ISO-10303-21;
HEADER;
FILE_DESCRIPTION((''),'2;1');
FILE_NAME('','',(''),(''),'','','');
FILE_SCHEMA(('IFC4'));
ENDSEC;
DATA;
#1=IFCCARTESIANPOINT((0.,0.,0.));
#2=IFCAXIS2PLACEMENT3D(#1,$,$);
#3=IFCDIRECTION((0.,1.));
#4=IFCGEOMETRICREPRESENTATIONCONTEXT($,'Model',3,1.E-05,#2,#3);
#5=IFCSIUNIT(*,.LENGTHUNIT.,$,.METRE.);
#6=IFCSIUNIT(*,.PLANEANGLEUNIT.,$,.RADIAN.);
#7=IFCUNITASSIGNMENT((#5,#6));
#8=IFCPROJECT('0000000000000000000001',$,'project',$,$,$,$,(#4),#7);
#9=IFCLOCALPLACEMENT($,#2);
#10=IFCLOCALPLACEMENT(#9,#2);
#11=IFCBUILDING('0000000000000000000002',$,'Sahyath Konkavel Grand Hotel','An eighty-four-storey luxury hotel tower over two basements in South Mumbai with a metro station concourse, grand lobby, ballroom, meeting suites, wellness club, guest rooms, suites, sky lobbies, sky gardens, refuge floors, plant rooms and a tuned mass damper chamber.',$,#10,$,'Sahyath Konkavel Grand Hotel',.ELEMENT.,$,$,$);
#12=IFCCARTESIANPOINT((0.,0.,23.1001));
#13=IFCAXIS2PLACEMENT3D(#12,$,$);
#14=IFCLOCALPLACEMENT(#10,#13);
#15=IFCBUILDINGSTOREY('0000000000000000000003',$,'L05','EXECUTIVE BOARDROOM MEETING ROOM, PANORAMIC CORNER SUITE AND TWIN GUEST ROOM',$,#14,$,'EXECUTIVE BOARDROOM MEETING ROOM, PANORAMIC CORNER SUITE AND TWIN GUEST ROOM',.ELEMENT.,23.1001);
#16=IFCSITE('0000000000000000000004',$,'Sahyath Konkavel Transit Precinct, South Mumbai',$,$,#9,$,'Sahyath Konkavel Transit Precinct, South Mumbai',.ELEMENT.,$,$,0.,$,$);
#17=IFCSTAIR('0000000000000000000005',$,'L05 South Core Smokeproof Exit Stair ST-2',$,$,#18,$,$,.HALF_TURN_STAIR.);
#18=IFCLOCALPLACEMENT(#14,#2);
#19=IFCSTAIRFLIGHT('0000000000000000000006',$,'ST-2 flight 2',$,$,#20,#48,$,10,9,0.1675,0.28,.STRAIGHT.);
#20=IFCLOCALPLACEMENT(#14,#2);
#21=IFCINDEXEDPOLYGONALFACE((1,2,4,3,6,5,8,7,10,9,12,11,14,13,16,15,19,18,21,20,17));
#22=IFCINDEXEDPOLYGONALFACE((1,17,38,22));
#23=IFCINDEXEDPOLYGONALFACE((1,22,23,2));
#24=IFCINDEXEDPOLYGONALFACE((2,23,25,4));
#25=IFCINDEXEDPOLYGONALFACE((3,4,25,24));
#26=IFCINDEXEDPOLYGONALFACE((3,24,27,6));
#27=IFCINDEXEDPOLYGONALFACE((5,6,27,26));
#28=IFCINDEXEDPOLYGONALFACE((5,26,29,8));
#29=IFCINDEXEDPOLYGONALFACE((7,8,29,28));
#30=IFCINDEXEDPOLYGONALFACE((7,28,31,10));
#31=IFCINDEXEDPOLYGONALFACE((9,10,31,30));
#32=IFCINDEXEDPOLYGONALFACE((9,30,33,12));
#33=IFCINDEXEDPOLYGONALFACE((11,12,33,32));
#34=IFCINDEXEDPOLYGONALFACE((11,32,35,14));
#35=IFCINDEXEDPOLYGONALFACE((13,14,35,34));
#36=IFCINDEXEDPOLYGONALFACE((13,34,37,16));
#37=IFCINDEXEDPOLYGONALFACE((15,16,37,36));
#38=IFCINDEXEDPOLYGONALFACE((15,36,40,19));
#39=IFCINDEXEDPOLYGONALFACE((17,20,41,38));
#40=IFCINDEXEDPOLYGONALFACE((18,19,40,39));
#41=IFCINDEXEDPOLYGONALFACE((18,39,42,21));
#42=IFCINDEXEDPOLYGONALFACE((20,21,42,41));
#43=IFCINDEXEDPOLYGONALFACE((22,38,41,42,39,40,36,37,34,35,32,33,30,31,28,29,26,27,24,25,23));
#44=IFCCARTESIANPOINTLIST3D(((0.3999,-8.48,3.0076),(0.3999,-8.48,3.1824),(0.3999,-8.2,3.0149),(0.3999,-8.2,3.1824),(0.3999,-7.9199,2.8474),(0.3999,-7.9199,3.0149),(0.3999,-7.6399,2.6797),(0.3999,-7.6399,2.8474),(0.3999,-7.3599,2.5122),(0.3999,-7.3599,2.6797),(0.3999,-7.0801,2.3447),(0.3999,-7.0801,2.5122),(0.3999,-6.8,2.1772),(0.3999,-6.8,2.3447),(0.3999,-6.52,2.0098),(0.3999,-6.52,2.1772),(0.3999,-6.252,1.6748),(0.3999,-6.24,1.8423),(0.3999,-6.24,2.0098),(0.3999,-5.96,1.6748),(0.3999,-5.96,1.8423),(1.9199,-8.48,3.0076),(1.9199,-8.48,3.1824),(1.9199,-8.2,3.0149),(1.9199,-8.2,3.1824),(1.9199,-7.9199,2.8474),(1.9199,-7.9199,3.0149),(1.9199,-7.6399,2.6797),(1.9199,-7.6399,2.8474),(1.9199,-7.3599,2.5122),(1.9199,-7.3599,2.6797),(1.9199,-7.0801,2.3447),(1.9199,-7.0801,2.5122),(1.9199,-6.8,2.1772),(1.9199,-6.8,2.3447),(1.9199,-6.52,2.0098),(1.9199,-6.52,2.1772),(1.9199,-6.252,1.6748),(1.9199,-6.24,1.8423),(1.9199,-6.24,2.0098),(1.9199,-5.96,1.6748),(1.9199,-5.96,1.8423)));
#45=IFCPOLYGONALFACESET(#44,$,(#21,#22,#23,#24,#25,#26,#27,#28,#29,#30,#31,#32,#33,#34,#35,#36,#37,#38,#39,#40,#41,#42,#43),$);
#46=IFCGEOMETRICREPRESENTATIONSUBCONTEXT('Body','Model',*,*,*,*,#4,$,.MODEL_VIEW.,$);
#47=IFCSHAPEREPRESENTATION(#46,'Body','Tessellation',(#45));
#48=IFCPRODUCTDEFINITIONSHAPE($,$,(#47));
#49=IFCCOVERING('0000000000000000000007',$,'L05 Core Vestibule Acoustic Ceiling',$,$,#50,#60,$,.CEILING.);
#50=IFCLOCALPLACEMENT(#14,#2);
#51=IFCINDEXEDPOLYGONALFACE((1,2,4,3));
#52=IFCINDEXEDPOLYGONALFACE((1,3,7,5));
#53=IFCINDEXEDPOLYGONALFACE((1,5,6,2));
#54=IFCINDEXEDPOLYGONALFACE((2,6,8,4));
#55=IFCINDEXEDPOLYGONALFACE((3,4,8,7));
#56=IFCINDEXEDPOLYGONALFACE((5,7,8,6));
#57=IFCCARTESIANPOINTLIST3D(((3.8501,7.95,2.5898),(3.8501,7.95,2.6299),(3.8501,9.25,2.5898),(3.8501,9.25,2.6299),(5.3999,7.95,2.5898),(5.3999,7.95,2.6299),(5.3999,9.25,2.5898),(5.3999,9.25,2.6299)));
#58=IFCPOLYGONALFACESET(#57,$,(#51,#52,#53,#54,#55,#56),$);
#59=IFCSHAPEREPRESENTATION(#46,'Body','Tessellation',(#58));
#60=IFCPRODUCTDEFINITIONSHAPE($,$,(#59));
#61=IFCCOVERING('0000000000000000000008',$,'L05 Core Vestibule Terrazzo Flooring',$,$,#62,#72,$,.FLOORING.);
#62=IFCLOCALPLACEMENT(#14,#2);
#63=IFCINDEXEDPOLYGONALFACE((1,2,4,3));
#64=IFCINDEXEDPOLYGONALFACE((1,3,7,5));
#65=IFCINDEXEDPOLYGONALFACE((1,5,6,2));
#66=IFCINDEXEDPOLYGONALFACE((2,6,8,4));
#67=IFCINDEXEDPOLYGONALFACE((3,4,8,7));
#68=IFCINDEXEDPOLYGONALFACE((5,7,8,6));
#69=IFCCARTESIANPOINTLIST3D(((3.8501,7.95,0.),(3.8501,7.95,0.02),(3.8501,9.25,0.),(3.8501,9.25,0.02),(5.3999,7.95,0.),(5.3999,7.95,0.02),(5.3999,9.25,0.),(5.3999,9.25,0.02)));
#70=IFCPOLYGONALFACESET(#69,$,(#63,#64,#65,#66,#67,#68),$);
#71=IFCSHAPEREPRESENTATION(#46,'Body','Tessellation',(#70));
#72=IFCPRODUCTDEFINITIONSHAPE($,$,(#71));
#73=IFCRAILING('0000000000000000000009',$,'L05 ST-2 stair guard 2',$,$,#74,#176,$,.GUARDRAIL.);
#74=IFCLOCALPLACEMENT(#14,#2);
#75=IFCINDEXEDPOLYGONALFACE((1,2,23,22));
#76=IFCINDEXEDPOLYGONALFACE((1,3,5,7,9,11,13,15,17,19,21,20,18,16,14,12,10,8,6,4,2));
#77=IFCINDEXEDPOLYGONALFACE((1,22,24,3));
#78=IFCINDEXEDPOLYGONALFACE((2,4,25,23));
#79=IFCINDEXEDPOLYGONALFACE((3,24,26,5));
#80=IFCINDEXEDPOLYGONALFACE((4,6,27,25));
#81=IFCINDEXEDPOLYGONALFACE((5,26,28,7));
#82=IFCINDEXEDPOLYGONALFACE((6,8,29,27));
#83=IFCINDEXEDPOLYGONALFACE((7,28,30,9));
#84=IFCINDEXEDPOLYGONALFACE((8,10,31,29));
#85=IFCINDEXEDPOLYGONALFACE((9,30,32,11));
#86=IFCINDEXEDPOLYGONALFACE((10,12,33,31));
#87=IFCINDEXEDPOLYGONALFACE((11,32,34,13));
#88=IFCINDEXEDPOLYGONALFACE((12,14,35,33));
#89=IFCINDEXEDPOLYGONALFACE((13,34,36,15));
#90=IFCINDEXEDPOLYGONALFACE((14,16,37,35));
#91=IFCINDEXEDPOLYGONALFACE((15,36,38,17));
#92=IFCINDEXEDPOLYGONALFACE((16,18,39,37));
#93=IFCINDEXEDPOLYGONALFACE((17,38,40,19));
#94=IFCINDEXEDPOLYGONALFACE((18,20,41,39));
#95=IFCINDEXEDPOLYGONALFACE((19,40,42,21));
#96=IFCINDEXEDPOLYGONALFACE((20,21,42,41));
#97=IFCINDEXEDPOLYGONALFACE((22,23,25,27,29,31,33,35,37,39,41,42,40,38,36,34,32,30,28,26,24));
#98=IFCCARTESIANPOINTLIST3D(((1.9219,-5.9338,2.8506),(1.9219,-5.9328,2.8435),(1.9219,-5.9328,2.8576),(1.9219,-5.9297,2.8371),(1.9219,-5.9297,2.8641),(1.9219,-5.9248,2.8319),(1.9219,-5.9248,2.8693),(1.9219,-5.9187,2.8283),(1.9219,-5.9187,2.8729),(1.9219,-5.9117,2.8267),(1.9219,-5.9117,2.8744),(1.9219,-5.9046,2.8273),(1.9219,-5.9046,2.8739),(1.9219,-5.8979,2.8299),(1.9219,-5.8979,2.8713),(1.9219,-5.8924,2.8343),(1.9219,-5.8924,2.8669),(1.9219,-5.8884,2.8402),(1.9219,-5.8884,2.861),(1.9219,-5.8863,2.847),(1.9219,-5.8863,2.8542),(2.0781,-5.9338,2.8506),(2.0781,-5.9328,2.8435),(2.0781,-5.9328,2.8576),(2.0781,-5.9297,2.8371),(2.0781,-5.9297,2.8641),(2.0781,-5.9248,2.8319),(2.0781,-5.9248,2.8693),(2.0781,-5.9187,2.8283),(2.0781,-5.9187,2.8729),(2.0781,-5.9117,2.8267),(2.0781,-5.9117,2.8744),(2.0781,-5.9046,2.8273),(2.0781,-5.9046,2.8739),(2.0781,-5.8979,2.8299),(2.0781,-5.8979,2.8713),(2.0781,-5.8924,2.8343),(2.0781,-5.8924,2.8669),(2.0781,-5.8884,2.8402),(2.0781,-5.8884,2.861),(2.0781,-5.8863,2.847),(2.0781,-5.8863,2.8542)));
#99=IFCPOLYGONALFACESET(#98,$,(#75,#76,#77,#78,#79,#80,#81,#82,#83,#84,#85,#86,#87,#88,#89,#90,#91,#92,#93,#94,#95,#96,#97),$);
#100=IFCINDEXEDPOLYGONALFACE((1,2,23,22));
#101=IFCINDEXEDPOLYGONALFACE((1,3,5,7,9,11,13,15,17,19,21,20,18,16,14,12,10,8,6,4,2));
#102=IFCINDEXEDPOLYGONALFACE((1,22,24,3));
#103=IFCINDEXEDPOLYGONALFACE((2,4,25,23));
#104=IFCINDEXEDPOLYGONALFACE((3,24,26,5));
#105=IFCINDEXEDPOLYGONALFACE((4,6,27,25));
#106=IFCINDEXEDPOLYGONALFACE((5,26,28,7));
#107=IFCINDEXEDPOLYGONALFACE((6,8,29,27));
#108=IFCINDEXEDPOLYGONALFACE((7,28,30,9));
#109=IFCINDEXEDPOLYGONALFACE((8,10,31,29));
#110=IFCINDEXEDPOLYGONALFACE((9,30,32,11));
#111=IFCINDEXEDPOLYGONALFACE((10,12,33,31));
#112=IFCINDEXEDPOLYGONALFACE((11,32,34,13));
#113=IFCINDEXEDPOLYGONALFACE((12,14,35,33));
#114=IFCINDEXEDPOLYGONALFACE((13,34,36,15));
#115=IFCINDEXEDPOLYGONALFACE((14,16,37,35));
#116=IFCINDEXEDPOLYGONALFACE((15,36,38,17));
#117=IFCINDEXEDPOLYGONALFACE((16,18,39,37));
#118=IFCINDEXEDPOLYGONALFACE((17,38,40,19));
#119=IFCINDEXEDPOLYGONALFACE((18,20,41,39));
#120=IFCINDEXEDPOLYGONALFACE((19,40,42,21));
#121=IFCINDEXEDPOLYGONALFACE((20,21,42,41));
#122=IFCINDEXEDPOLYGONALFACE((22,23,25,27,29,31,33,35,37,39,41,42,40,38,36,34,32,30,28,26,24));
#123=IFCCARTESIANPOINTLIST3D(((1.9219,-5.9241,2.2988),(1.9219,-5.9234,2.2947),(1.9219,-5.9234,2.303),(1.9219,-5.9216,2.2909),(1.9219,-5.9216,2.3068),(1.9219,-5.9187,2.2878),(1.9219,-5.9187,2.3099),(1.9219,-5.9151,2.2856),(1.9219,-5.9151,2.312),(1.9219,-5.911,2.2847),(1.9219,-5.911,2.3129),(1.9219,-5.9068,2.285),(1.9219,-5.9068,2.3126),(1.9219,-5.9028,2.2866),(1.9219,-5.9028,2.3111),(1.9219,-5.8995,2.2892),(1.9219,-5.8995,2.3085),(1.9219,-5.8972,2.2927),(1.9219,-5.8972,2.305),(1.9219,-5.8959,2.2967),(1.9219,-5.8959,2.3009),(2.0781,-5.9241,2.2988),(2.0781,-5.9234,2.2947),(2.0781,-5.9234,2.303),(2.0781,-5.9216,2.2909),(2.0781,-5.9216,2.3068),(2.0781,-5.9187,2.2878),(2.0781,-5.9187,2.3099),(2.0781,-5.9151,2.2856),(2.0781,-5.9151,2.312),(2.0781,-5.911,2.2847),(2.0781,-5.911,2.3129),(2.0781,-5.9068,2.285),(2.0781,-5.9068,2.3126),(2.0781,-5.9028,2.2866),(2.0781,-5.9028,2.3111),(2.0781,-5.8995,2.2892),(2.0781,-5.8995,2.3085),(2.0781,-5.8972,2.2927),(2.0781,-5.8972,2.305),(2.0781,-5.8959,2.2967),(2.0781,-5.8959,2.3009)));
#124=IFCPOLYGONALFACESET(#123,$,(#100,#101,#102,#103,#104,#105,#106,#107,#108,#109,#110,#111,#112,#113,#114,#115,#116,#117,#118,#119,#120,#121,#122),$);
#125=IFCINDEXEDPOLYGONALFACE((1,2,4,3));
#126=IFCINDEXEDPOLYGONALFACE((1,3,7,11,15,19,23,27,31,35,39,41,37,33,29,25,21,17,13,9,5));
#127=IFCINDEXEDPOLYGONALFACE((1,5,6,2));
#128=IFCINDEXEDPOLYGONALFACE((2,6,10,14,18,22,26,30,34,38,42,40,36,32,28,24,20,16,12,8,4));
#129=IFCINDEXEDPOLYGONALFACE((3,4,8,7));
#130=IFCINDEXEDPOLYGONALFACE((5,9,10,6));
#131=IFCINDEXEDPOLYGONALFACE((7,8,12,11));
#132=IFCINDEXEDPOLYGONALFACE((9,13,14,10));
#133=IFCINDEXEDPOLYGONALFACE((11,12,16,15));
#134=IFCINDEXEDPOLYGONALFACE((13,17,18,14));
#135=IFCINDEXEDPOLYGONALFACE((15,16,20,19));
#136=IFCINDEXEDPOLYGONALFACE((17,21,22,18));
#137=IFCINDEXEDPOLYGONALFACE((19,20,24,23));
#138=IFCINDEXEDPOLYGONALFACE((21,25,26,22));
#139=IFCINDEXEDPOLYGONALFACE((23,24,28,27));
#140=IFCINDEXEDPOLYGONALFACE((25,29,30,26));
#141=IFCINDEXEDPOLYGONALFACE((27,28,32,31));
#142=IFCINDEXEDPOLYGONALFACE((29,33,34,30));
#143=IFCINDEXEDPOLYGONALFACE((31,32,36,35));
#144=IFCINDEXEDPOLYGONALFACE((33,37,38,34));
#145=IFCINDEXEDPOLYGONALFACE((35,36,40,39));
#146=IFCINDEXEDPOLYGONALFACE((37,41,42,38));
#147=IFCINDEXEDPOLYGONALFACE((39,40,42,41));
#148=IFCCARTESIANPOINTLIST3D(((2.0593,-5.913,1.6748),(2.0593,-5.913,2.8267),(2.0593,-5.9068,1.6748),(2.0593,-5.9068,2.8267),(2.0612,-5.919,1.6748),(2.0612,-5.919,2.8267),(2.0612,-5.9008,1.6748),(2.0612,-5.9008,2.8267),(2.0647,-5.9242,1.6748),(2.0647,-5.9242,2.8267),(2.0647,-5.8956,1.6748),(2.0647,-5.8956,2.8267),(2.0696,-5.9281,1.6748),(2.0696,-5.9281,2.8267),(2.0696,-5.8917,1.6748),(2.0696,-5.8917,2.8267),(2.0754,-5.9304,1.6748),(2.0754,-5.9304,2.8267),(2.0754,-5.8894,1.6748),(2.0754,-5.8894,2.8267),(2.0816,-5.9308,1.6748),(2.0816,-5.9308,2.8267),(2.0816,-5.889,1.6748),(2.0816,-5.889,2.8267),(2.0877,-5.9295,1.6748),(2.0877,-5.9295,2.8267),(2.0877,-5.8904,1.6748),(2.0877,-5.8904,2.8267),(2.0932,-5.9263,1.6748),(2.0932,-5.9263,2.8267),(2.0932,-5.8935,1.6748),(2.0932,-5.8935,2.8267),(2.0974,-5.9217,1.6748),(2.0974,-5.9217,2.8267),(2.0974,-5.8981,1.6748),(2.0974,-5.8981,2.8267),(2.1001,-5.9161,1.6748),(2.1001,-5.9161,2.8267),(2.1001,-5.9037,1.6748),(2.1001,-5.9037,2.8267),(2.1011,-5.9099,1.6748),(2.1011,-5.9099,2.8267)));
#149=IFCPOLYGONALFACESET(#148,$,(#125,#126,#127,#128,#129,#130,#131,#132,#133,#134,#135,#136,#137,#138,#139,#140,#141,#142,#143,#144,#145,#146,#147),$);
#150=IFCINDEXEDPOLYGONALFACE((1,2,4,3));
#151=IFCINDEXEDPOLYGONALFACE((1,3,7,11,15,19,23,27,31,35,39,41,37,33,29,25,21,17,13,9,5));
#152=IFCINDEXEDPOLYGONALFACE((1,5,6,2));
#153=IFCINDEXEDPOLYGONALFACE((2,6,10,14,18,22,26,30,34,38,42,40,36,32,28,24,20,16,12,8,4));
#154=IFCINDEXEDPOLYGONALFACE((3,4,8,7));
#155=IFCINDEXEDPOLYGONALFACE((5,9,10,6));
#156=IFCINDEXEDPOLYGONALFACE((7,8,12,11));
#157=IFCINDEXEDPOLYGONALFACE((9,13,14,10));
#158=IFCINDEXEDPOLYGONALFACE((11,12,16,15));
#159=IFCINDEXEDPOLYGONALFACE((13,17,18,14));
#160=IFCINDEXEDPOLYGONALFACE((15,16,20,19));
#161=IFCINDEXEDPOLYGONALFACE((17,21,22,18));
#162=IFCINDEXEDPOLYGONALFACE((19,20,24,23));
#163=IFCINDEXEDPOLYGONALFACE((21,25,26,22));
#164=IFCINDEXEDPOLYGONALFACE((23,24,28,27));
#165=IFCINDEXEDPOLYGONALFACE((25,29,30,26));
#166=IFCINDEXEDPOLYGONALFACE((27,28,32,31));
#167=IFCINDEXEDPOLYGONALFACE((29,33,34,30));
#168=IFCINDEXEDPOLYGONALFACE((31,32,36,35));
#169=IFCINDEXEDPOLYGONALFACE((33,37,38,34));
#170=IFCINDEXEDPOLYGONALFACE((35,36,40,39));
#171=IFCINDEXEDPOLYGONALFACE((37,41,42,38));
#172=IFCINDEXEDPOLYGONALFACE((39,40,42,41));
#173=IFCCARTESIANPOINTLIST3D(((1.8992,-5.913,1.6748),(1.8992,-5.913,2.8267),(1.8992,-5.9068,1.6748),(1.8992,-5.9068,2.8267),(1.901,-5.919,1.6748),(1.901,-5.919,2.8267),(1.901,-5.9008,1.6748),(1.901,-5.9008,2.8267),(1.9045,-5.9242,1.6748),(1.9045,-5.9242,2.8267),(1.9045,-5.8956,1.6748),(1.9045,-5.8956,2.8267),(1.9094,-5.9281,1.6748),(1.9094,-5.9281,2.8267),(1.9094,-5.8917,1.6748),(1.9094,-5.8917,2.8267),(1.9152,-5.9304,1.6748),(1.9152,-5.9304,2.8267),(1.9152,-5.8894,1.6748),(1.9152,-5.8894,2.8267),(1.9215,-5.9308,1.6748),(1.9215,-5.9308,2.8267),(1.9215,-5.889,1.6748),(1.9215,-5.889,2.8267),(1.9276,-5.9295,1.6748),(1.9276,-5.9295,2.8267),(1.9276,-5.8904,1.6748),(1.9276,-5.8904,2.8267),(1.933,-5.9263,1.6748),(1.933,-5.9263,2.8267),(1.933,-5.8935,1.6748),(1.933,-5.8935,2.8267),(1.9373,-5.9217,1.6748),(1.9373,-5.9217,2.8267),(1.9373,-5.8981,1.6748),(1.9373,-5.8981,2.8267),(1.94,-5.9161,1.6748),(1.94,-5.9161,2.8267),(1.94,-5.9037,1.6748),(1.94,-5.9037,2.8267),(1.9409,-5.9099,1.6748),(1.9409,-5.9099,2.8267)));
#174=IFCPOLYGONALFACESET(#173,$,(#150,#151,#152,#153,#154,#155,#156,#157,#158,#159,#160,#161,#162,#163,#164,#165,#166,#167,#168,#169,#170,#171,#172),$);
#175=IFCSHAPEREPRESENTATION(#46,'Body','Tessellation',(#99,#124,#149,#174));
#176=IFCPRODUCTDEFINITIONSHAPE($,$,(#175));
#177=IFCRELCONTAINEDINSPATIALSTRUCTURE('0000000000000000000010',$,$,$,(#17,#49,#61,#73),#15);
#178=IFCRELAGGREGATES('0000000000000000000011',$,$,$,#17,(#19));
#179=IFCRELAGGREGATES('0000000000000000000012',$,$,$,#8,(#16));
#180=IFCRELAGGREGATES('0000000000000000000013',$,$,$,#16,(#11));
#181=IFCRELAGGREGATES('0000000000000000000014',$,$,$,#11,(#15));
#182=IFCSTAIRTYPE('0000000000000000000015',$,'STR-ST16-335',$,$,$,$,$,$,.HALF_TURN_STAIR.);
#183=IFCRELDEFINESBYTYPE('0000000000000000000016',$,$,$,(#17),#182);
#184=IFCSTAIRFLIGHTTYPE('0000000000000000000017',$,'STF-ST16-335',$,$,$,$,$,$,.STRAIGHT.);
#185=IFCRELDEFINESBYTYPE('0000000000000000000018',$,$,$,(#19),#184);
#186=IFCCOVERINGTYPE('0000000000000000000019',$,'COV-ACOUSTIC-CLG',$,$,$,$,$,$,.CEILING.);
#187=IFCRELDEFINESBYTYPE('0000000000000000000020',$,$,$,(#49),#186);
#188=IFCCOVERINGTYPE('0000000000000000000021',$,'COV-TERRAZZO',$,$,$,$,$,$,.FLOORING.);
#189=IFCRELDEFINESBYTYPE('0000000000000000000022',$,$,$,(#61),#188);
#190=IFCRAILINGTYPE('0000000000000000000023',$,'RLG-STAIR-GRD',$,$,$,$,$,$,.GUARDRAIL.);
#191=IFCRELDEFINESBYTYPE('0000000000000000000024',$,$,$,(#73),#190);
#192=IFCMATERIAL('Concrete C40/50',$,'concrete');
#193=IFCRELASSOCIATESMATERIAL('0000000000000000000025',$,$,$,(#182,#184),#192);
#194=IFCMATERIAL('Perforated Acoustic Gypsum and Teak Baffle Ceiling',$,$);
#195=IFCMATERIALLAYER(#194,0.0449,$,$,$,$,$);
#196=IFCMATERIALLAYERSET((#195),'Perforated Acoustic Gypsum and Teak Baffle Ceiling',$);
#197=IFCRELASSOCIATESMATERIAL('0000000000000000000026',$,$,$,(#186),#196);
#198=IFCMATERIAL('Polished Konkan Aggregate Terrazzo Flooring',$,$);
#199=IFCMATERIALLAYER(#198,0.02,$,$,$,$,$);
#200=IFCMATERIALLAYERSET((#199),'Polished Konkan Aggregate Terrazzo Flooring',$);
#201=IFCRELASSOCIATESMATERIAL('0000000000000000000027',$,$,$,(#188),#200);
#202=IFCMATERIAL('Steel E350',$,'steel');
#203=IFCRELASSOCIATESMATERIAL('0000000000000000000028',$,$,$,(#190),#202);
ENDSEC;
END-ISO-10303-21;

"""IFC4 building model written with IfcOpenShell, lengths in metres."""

from ifc_helpers import new_model, si_unit, direction, frame, origin, origin_2d, place, context, subcontext, project, spatial, polyline, circle, outline, extrude, material, layer, layer_set, type_object, element, aggregate, save


model = new_model("IFC4")

# Units and contexts
model_context = context("Model", 3, precision=1e-05, world=origin(), true_north=direction((0.0, 1.0)))
body_context = subcontext(model_context, "Body", "Model", "MODEL_VIEW")
ifc_project = project(units=[si_unit("LENGTHUNIT", "METRE"), si_unit("PLANEANGLEUNIT", "RADIAN")], contexts=[model_context])

# Site, building, storey
site_placement = place(None, origin())
site = spatial("IfcSite", under=ifc_project, at=site_placement, Name="Sahyath Konkavel Transit Precinct, South Mumbai", LongName="Sahyath Konkavel Transit Precinct, South Mumbai", CompositionType="ELEMENT", RefElevation=0.0)
building_placement = place(site_placement, origin())
building = spatial("IfcBuilding", under=site, at=building_placement, Name="Sahyath Konkavel Grand Hotel", Description="An eighty-four-storey luxury hotel tower over two basements in South Mumbai with a metro station concourse, grand lobby, ballroom, meeting suites, wellness club, guest rooms, suites, sky lobbies, sky gardens, refuge floors, plant rooms and a tuned mass damper chamber.", LongName="Sahyath Konkavel Grand Hotel", CompositionType="ELEMENT")
storey_placement = place(building_placement, frame((0.0, 0.0, 23.1001)))
storey = spatial("IfcBuildingStorey", under=building, at=storey_placement, Name="L05", Description="EXECUTIVE BOARDROOM MEETING ROOM, PANORAMIC CORNER SUITE AND TWIN GUEST ROOM", LongName="EXECUTIVE BOARDROOM MEETING ROOM, PANORAMIC CORNER SUITE AND TWIN GUEST ROOM", CompositionType="ELEMENT", Elevation=23.1001)

# Shared definitions
ifc_material_1 = material(Name="Steel E350", Category="steel")

# Stair
ifc_material_2 = material(Name="Concrete C40/50", Category="concrete")
stair_type = type_object("IfcStairType", Name="STR-ST16-335", PredefinedType="HALF_TURN_STAIR", material=ifc_material_2)
stair_1_placement = place(storey_placement, origin())
stair_1 = element("IfcStair", 1, at=stair_1_placement, inside=storey, type_object=stair_type, Name="L05 South Core Smokeproof Exit Stair ST-2", PredefinedType="HALF_TURN_STAIR")

# Stair flight
stair_flight_type = type_object("IfcStairFlightType", Name="STF-ST16-335", PredefinedType="STRAIGHT", material=ifc_material_2)
stair_flight_placement = place(storey_placement, frame((1.1599, -5.96, 1.6748), z_axis=(0.0, 0.0, 1.0), x_axis=(0.0, -1.0, 0.0)))
stair_flight = element("IfcStairFlight", 2, at=stair_flight_placement, type_object=stair_flight_type, Name="ST-2 flight 2", NumberOfRisers=10, NumberOfTreads=9, PredefinedType="STRAIGHT", RiserHeight=0.1675, TreadLength=0.28, context=body_context, shape_type="SweptSolid", body=[
    extrude(outline(polyline([(0.0, 0.0), (0.0, 0.1675), (0.28, 0.1675), (0.28, 0.335), (0.5601, 0.335), (0.5601, 0.5024), (0.8401, 0.5024), (0.8401, 0.6699), (1.1201, 0.6699), (1.1201, 0.8374), (1.3999, 0.8374), (1.3999, 1.0049), (1.6799, 1.0049), (1.6799, 1.1726), (1.96, 1.1726), (1.96, 1.3401), (2.24, 1.3401), (2.24, 1.5076), (2.52, 1.5076), (2.52, 1.675), (2.52, 1.3328), (0.292, 0.0), (0.0, 0.0)])), frame((0.0, 0.76, 0.0), z_axis=(0.0, -1.0, 0.0), x_axis=(1.0, 0.0, 0.0)), (0.0, 0.0, 1.0), 1.52),
])
aggregate(stair_1, [stair_flight])

# Coverings
ifc_material_3 = material(Name="Perforated Acoustic Gypsum and Teak Baffle Ceiling")
ifc_layer_1 = layer(ifc_material_3, 0.0449)
ifc_layer_set_1 = layer_set([ifc_layer_1], Name="Perforated Acoustic Gypsum and Teak Baffle Ceiling")
covering_type_1 = type_object("IfcCoveringType", Name="COV-ACOUSTIC-CLG", PredefinedType="CEILING", material=ifc_layer_set_1)
covering_1_placement = place(storey_placement, frame((0.0, 0.0, 2.5898)))
element("IfcCovering", 3, at=covering_1_placement, inside=storey, type_object=covering_type_1, Name="L05 Core Vestibule Acoustic Ceiling", PredefinedType="CEILING", context=body_context, shape_type="SweptSolid", body=[
    extrude(outline(polyline([(3.8501, 7.95), (5.3999, 7.95), (5.3999, 9.25), (3.8501, 9.25), (3.8501, 7.95)])), origin(), (0.0, 0.0, 1.0), 0.04),
])
ifc_material_4 = material(Name="Polished Konkan Aggregate Terrazzo Flooring")
ifc_layer_2 = layer(ifc_material_4, 0.02)
ifc_layer_set_2 = layer_set([ifc_layer_2], Name="Polished Konkan Aggregate Terrazzo Flooring")
covering_type_2 = type_object("IfcCoveringType", Name="COV-TERRAZZO", PredefinedType="FLOORING", material=ifc_layer_set_2)
covering_2_placement = place(storey_placement, origin())
element("IfcCovering", 4, at=covering_2_placement, inside=storey, type_object=covering_type_2, Name="L05 Core Vestibule Terrazzo Flooring", PredefinedType="FLOORING", context=body_context, shape_type="SweptSolid", body=[
    extrude(outline(polyline([(3.8501, 7.95), (5.3999, 7.95), (5.3999, 9.25), (3.8501, 9.25), (3.8501, 7.95)])), origin(), (0.0, 0.0, 1.0), 0.02),
])

# Railing
railing_type_1 = type_object("IfcRailingType", Name="RLG-STAIR-GRD", PredefinedType="GUARDRAIL", material=ifc_material_1)
railing_1_placement = place(storey_placement, frame((2.0801, -5.9099, 1.6748)))
element("IfcRailing", 5, at=railing_1_placement, inside=storey, type_object=railing_type_1, Name="L05 ST-2 stair guard 2", PredefinedType="GUARDRAIL", context=body_context, shape_type="SweptSolid", body=[
    extrude(circle(Radius=0.0239, at=origin_2d()), frame((-0.002, 0.0, 1.1758), z_axis=(-1.0, 0.0, 0.0), x_axis=(0.0, -1.0, 0.0)), (0.0, 0.0, 1.0), 0.1562),
    extrude(circle(Radius=0.0142, at=origin_2d()), frame((-0.002, 0.0, 0.624), z_axis=(-1.0, 0.0, 0.0), x_axis=(0.0, -1.0, 0.0)), (0.0, 0.0, 1.0), 0.1562),
    extrude(circle(Radius=0.021, at=origin_2d()), origin(), (0.0, 0.0, 1.0), 1.1519),
    extrude(circle(Radius=0.021, at=origin_2d()), frame((-0.1602, 0.0, 0.0)), (0.0, 0.0, 1.0), 1.1519),
])

save(model, "model.ifc")
